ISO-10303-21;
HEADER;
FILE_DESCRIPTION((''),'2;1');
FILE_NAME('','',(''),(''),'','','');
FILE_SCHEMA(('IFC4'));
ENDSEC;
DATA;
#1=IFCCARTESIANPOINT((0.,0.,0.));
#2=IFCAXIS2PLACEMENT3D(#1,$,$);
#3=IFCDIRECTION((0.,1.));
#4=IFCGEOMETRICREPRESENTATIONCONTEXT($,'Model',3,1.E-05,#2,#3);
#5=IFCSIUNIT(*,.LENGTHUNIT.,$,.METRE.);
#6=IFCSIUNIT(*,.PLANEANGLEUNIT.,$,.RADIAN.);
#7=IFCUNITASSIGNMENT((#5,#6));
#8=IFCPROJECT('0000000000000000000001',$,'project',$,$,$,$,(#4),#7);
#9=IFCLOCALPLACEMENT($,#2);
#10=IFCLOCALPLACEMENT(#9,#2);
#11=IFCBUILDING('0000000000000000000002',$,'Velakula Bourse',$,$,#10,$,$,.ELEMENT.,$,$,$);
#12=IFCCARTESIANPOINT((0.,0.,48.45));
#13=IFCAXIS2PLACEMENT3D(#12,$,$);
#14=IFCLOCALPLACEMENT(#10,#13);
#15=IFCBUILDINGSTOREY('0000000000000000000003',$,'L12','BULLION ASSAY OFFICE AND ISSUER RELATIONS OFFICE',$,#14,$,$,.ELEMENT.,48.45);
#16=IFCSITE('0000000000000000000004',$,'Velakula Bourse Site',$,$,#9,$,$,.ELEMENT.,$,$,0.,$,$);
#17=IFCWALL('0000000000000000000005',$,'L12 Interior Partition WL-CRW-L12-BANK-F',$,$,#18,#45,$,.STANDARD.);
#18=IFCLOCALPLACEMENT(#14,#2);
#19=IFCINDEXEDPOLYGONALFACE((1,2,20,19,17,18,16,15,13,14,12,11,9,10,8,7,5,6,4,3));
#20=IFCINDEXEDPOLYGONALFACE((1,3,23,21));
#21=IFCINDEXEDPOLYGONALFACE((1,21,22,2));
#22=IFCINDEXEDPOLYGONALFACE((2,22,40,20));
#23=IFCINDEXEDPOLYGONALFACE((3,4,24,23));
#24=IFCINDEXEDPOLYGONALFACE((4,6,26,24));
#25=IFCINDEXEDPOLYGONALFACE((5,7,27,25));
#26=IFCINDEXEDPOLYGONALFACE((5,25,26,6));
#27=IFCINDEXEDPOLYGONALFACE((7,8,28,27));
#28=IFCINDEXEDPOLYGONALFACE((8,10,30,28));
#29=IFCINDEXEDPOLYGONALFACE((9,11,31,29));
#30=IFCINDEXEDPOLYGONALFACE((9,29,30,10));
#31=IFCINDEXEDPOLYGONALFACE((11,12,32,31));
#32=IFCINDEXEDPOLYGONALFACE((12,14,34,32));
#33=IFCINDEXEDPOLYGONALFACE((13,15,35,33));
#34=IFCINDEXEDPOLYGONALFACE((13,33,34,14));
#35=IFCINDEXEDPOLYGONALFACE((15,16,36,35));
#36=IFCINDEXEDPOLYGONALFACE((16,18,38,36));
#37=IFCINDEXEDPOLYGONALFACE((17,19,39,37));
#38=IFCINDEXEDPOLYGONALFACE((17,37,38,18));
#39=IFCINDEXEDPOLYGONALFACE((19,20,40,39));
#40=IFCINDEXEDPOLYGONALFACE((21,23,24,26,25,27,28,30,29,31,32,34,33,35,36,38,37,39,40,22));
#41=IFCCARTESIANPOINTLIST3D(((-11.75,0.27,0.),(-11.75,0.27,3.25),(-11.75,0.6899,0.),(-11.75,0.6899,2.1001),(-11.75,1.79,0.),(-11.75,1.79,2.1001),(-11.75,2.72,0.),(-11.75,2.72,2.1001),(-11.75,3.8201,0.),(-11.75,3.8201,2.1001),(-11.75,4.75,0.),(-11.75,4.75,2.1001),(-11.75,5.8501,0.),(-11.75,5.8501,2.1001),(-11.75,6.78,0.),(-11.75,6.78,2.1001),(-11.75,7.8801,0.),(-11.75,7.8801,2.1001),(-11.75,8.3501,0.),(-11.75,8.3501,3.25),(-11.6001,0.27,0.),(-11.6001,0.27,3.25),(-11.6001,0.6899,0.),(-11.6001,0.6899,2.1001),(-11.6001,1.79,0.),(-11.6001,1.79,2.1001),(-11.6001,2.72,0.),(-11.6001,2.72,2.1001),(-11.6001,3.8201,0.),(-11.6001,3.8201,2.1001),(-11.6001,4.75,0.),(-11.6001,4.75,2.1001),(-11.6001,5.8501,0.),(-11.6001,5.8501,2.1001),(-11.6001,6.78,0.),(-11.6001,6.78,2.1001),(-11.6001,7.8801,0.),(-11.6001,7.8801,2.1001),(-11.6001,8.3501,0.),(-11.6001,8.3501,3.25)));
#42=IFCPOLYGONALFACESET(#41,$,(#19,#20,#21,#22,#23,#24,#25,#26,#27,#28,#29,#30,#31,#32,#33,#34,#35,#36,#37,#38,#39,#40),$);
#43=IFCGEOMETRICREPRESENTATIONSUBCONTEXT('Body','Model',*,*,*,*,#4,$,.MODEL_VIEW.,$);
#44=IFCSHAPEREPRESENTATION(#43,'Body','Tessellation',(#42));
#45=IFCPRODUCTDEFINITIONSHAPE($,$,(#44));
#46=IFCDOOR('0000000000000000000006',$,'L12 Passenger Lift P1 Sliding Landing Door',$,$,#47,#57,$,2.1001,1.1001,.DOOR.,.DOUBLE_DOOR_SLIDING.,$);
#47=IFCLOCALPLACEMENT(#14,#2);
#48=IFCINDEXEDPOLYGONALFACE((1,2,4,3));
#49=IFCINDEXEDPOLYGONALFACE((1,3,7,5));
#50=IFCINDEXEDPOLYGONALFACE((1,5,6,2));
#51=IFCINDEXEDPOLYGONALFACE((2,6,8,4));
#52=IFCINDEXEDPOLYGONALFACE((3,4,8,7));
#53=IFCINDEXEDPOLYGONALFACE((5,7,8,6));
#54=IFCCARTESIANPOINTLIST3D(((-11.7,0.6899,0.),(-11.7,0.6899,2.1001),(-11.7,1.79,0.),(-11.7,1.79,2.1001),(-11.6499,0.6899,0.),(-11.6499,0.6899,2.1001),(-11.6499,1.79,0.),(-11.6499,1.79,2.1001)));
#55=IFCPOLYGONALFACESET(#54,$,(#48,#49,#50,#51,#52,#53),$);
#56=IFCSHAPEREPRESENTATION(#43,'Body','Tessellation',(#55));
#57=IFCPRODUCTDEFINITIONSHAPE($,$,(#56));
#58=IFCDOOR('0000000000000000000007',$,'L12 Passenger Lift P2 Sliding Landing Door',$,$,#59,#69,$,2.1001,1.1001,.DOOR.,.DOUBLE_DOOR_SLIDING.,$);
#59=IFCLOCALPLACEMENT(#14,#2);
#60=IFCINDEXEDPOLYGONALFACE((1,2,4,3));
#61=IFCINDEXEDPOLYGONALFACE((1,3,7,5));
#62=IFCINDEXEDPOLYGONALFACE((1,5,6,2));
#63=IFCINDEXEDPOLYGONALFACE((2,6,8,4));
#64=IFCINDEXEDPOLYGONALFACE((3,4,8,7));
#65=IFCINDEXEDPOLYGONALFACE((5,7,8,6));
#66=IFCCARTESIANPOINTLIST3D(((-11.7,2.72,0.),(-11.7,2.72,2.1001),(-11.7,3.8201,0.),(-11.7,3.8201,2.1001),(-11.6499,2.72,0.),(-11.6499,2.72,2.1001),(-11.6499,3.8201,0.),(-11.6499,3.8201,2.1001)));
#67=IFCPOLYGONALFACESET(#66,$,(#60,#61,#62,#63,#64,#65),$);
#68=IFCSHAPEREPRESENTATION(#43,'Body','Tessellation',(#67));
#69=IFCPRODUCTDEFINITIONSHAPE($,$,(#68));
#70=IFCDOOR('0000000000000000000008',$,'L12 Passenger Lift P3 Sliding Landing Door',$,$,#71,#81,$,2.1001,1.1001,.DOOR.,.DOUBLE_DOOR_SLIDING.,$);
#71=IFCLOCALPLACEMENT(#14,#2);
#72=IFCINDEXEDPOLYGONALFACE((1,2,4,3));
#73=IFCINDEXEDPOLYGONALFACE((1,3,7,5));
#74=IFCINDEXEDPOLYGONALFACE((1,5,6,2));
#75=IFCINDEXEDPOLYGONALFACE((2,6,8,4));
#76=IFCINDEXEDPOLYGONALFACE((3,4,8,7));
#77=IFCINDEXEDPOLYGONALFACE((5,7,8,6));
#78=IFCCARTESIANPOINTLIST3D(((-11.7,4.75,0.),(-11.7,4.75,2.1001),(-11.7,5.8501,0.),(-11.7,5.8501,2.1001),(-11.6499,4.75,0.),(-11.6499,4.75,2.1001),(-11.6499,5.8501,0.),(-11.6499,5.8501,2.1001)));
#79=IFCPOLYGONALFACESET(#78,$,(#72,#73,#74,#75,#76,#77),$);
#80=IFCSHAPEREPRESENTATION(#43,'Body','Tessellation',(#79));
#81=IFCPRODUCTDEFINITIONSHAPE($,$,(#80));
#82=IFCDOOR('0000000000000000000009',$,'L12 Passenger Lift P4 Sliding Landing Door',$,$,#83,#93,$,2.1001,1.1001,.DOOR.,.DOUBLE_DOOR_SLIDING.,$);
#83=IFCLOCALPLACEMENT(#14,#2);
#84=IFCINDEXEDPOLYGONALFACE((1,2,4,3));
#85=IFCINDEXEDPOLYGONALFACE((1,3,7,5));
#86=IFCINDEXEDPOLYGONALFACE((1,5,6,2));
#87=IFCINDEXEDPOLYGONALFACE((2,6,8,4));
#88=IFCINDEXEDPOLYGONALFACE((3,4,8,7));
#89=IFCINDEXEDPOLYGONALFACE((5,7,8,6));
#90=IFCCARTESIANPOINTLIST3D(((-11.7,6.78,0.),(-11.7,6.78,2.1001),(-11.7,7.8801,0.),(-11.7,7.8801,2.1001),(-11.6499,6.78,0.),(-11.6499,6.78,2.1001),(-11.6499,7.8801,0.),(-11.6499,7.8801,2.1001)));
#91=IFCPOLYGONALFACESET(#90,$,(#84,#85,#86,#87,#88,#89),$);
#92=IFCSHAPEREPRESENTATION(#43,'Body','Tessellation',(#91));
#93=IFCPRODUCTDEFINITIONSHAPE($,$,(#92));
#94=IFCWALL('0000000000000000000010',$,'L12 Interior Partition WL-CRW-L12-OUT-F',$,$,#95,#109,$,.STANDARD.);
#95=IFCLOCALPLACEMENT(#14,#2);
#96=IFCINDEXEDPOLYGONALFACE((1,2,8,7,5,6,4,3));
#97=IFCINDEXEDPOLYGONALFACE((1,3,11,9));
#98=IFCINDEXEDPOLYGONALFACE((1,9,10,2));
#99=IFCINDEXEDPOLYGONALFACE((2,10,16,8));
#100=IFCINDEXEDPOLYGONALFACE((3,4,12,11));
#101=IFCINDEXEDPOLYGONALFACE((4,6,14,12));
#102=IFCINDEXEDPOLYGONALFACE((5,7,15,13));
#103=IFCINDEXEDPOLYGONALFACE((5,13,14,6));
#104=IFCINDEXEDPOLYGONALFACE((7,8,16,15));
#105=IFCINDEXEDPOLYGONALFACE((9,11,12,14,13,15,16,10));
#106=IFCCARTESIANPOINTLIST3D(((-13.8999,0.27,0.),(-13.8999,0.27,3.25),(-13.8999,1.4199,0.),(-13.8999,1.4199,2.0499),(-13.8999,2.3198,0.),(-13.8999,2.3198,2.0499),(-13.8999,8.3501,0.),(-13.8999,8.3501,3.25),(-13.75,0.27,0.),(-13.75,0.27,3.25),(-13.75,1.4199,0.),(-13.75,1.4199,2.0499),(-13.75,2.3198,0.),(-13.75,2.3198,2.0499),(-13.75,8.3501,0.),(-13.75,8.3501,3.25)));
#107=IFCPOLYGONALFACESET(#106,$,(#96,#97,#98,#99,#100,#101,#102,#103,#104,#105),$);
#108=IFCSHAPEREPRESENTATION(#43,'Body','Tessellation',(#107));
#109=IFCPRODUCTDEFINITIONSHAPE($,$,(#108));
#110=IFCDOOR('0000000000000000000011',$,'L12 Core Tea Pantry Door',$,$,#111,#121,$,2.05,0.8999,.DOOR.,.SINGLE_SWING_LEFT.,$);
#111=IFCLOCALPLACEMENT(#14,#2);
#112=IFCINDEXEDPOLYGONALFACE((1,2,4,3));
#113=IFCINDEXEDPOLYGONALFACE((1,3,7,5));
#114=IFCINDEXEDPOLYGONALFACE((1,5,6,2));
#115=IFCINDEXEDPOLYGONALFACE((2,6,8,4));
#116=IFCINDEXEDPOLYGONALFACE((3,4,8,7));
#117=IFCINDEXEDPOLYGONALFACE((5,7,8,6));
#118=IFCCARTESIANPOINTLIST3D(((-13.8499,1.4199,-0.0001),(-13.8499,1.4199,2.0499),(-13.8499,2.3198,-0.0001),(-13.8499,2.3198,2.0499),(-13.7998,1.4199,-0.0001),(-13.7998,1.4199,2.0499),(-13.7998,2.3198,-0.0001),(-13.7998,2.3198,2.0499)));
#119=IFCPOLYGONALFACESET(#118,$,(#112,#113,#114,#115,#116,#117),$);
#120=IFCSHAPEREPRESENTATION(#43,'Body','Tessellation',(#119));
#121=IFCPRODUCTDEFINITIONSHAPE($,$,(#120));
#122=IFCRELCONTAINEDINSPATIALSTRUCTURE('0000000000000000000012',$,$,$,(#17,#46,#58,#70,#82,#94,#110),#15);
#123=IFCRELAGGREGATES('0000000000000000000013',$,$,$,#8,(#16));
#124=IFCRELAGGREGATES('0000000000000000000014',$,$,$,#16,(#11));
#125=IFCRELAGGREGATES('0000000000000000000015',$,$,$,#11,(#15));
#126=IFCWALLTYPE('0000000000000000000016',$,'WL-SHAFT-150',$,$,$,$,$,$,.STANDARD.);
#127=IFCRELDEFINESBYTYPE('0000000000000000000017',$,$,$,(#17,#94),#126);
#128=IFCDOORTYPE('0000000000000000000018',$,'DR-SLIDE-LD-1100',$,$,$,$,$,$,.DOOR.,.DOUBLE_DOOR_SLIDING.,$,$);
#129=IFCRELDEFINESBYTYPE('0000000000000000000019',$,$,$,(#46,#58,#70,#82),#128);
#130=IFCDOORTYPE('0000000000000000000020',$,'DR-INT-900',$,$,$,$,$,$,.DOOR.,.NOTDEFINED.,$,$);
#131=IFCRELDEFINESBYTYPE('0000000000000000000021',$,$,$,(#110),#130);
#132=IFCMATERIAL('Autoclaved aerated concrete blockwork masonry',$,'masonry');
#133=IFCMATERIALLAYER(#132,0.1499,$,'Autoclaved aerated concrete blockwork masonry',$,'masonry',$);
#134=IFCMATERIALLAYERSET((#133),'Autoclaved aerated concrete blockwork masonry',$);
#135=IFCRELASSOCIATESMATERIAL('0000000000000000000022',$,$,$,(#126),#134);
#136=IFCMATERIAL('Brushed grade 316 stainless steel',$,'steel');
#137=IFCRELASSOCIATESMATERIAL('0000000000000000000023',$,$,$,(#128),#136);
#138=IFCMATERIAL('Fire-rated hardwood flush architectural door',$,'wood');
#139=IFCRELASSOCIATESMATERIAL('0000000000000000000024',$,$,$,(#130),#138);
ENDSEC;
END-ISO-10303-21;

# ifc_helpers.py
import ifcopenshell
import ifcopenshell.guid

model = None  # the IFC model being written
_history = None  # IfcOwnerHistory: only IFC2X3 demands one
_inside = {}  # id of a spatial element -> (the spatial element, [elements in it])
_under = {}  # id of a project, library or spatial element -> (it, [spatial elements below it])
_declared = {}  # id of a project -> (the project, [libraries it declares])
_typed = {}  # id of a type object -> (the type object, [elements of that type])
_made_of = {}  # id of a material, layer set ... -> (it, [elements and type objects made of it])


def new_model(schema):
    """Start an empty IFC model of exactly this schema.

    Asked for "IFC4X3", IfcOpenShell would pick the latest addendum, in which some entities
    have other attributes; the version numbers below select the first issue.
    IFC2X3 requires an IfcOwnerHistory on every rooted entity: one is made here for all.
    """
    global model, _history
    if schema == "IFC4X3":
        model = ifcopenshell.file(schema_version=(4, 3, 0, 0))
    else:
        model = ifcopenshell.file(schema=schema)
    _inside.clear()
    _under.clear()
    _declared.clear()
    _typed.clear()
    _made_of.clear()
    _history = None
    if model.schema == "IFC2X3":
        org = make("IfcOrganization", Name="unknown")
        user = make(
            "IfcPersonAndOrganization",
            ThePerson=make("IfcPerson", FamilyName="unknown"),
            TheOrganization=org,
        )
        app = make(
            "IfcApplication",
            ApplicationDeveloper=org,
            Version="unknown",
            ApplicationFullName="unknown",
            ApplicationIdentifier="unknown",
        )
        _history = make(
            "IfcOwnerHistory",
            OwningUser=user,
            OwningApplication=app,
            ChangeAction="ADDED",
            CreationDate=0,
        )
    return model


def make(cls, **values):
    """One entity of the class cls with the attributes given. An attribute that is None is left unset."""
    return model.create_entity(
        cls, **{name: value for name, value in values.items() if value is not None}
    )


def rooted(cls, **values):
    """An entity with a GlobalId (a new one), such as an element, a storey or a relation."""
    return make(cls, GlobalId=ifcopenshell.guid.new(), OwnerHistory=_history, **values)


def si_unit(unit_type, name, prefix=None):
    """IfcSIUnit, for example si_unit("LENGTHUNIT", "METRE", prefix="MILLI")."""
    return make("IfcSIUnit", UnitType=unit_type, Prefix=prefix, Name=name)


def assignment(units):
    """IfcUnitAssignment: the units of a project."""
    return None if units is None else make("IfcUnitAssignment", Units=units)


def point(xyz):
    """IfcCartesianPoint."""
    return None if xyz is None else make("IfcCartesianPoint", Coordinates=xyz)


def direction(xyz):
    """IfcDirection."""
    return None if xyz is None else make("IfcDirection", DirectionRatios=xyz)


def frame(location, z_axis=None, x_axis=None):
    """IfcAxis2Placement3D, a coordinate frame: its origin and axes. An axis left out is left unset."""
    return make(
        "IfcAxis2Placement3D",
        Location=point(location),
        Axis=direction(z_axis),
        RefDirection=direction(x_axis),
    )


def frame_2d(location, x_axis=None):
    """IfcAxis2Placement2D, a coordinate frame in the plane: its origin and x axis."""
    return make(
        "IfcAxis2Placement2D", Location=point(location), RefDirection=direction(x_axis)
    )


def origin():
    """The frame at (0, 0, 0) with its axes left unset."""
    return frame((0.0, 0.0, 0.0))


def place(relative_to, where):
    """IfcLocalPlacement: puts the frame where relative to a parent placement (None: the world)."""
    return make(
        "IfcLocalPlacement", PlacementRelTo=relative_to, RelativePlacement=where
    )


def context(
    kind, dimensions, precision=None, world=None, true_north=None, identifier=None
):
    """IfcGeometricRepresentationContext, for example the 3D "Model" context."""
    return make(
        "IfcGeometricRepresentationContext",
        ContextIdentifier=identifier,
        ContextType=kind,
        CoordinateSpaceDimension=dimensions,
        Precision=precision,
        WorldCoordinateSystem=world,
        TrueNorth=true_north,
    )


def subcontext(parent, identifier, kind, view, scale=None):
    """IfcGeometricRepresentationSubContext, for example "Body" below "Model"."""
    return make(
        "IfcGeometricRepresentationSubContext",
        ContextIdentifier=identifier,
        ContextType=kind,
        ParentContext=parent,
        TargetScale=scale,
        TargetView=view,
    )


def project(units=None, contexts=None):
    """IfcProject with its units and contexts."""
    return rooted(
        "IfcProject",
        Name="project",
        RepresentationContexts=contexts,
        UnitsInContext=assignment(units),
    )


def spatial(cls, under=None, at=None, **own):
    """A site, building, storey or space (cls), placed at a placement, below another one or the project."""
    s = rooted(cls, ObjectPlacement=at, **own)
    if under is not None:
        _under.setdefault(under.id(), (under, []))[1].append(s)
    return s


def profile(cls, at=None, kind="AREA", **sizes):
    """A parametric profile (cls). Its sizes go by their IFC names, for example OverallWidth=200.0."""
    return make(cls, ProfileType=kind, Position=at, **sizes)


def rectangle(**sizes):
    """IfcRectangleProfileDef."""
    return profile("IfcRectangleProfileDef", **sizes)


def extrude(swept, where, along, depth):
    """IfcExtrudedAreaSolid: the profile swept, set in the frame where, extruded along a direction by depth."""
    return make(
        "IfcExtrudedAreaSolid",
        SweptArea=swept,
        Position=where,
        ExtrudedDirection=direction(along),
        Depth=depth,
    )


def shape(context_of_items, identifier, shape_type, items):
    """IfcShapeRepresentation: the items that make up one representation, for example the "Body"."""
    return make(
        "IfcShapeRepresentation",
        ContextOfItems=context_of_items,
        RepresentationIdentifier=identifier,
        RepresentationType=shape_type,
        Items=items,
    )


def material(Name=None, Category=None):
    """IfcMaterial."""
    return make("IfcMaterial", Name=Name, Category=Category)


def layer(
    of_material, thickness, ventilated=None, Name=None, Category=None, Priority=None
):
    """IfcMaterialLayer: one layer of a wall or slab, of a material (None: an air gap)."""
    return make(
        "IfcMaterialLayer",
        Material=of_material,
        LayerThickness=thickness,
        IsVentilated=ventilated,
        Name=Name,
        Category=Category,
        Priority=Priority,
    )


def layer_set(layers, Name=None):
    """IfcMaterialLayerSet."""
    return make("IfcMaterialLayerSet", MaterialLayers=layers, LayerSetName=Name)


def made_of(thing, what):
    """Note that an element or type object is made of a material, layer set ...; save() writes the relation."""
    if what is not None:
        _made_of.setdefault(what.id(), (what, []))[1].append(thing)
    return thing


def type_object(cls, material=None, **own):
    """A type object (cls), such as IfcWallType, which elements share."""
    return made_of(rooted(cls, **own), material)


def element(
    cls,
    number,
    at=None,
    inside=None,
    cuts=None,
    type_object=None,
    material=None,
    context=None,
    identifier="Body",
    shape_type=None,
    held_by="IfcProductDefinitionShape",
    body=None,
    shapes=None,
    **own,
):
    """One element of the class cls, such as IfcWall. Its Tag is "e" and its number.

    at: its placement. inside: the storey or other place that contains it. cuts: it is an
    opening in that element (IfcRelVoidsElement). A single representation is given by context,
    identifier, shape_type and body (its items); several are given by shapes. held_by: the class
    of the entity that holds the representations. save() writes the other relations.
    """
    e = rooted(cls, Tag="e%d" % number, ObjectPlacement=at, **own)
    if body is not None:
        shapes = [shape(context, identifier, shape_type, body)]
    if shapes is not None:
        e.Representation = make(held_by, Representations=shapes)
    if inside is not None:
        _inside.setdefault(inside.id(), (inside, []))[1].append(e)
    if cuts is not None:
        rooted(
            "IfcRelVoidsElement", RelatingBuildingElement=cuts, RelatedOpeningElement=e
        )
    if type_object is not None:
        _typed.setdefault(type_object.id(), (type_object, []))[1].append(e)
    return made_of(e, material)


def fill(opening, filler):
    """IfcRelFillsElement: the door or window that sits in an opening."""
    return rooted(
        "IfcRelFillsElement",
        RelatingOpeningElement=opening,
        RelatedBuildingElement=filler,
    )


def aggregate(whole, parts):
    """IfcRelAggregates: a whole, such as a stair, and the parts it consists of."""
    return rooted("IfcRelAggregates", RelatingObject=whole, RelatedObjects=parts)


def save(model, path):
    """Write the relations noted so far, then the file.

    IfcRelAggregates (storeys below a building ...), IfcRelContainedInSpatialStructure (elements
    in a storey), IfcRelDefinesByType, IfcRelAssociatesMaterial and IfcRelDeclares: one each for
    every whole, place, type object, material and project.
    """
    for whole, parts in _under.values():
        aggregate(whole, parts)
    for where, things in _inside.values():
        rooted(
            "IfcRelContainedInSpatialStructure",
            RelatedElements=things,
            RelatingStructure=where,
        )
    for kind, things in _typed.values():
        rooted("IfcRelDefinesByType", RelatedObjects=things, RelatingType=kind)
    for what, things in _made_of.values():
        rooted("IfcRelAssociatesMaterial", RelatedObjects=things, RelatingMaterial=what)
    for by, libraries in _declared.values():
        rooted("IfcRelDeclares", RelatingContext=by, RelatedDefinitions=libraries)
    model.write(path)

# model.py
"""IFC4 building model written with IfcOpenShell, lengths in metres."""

from ifc_helpers import new_model, si_unit, direction, frame, frame_2d, origin, place, context, subcontext, project, spatial, rectangle, extrude, material, layer, layer_set, type_object, element, fill, save


model = new_model("IFC4")

# Units and contexts
model_context = context("Model", 3, precision=1e-05, world=origin(), true_north=direction((0.0, 1.0)))
body_context = subcontext(model_context, "Body", "Model", "MODEL_VIEW")
ifc_project = project(units=[si_unit("LENGTHUNIT", "METRE"), si_unit("PLANEANGLEUNIT", "RADIAN")], contexts=[model_context])

# Site, building, storey
site_placement = place(None, origin())
site = spatial("IfcSite", under=ifc_project, at=site_placement, Name="Velakula Bourse Site", CompositionType="ELEMENT", RefElevation=0.0)
building_placement = place(site_placement, origin())
building = spatial("IfcBuilding", under=site, at=building_placement, Name="Velakula Bourse", CompositionType="ELEMENT")
storey_placement = place(building_placement, frame((0.0, 0.0, 48.45)))
storey = spatial("IfcBuildingStorey", under=building, at=storey_placement, Name="L12", Description="BULLION ASSAY OFFICE AND ISSUER RELATIONS OFFICE", CompositionType="ELEMENT", Elevation=48.45)

# Shared definitions
ifc_material_1 = material(Name="Fire-rated hardwood flush architectural door", Category="wood")

# Shared definitions
ifc_material_2 = material(Name="Autoclaved aerated concrete blockwork masonry", Category="masonry")
ifc_layer_1 = layer(ifc_material_2, 0.1499, Name="Autoclaved aerated concrete blockwork masonry", Category="masonry")
ifc_layer_set_1 = layer_set([ifc_layer_1], Name="Autoclaved aerated concrete blockwork masonry")
wall_type_1 = type_object("IfcWallType", Name="WL-SHAFT-150", PredefinedType="STANDARD", material=ifc_layer_set_1)

# Wall, openings, doors
wall_1_placement = place(storey_placement, frame((-11.675, 0.27, 0.0), z_axis=(0.0, 0.0, 1.0), x_axis=(0.0, 1.0, 0.0)))
wall_1 = element("IfcWall", 1, at=wall_1_placement, inside=storey, type_object=wall_type_1, Name="L12 Interior Partition WL-CRW-L12-BANK-F", PredefinedType="STANDARD", context=body_context, shape_type="SweptSolid", body=[
    extrude(rectangle(XDim=8.0801, YDim=0.1499, at=frame_2d((4.04, 0.0))), origin(), (0.0, 0.0, 1.0), 3.25),
])
opening_1_placement = place(wall_1_placement, frame((0.4199, 0.0, 0.0)))
opening_1 = element("IfcOpeningElement", 2, at=opening_1_placement, cuts=wall_1, PredefinedType="OPENING", context=body_context, shape_type="SweptSolid", body=[
    extrude(rectangle(XDim=1.1001, YDim=2.1001, at=frame_2d((0.55, 1.05))), frame((0.0, 0.085, 0.0), z_axis=(0.0, -1.0, 0.0), x_axis=(1.0, 0.0, 0.0)), (0.0, 0.0, 1.0), 0.1699),
])
opening_2_placement = place(wall_1_placement, frame((2.45, 0.0, 0.0)))
opening_2 = element("IfcOpeningElement", 3, at=opening_2_placement, cuts=wall_1, PredefinedType="OPENING", context=body_context, shape_type="SweptSolid", body=[
    extrude(rectangle(XDim=1.1001, YDim=2.1001, at=frame_2d((0.55, 1.05))), frame((0.0, 0.085, 0.0), z_axis=(0.0, -1.0, 0.0), x_axis=(1.0, 0.0, 0.0)), (0.0, 0.0, 1.0), 0.1699),
])
opening_3_placement = place(wall_1_placement, frame((4.48, 0.0, 0.0)))
opening_3 = element("IfcOpeningElement", 4, at=opening_3_placement, cuts=wall_1, PredefinedType="OPENING", context=body_context, shape_type="SweptSolid", body=[
    extrude(rectangle(XDim=1.1001, YDim=2.1001, at=frame_2d((0.55, 1.05))), frame((0.0, 0.085, 0.0), z_axis=(0.0, -1.0, 0.0), x_axis=(1.0, 0.0, 0.0)), (0.0, 0.0, 1.0), 0.1699),
])
opening_4_placement = place(wall_1_placement, frame((6.51, 0.0, 0.0)))
opening_4 = element("IfcOpeningElement", 5, at=opening_4_placement, cuts=wall_1, PredefinedType="OPENING", context=body_context, shape_type="SweptSolid", body=[
    extrude(rectangle(XDim=1.1001, YDim=2.1001, at=frame_2d((0.55, 1.05))), frame((0.0, 0.085, 0.0), z_axis=(0.0, -1.0, 0.0), x_axis=(1.0, 0.0, 0.0)), (0.0, 0.0, 1.0), 0.1699),
])
ifc_material_3 = material(Name="Brushed grade 316 stainless steel", Category="steel")
door_type_1 = type_object("IfcDoorType", Name="DR-SLIDE-LD-1100", OperationType="DOUBLE_DOOR_SLIDING", PredefinedType="DOOR", material=ifc_material_3)
door_1_placement = place(opening_1_placement, origin())
door_1 = element("IfcDoor", 6, at=door_1_placement, inside=storey, type_object=door_type_1, Name="L12 Passenger Lift P1 Sliding Landing Door", OperationType="DOUBLE_DOOR_SLIDING", OverallHeight=2.1001, OverallWidth=1.1001, PredefinedType="DOOR", context=body_context, shape_type="SweptSolid", body=[
    extrude(rectangle(XDim=1.1001, YDim=2.1001, at=frame_2d((0.55, 1.05))), frame((0.0, 0.0249, 0.0), z_axis=(0.0, -1.0, 0.0), x_axis=(1.0, 0.0, 0.0)), (0.0, 0.0, 1.0), 0.05),
])
fill(opening_1, door_1)
door_2_placement = place(opening_2_placement, origin())
door_2 = element("IfcDoor", 7, at=door_2_placement, inside=storey, type_object=door_type_1, Name="L12 Passenger Lift P2 Sliding Landing Door", OperationType="DOUBLE_DOOR_SLIDING", OverallHeight=2.1001, OverallWidth=1.1001, PredefinedType="DOOR", context=body_context, shape_type="SweptSolid", body=[
    extrude(rectangle(XDim=1.1001, YDim=2.1001, at=frame_2d((0.55, 1.05))), frame((0.0, 0.0249, 0.0), z_axis=(0.0, -1.0, 0.0), x_axis=(1.0, 0.0, 0.0)), (0.0, 0.0, 1.0), 0.05),
])
fill(opening_2, door_2)
door_3_placement = place(opening_3_placement, origin())
door_3 = element("IfcDoor", 8, at=door_3_placement, inside=storey, type_object=door_type_1, Name="L12 Passenger Lift P3 Sliding Landing Door", OperationType="DOUBLE_DOOR_SLIDING", OverallHeight=2.1001, OverallWidth=1.1001, PredefinedType="DOOR", context=body_context, shape_type="SweptSolid", body=[
    extrude(rectangle(XDim=1.1001, YDim=2.1001, at=frame_2d((0.55, 1.05))), frame((0.0, 0.0249, 0.0), z_axis=(0.0, -1.0, 0.0), x_axis=(1.0, 0.0, 0.0)), (0.0, 0.0, 1.0), 0.05),
])
fill(opening_3, door_3)
door_4_placement = place(opening_4_placement, origin())
door_4 = element("IfcDoor", 9, at=door_4_placement, inside=storey, type_object=door_type_1, Name="L12 Passenger Lift P4 Sliding Landing Door", OperationType="DOUBLE_DOOR_SLIDING", OverallHeight=2.1001, OverallWidth=1.1001, PredefinedType="DOOR", context=body_context, shape_type="SweptSolid", body=[
    extrude(rectangle(XDim=1.1001, YDim=2.1001, at=frame_2d((0.55, 1.05))), frame((0.0, 0.0249, 0.0), z_axis=(0.0, -1.0, 0.0), x_axis=(1.0, 0.0, 0.0)), (0.0, 0.0, 1.0), 0.05),
])
fill(opening_4, door_4)

# Wall, opening, door
wall_2_placement = place(storey_placement, frame((-13.825, 0.27, 0.0), z_axis=(0.0, 0.0, 1.0), x_axis=(0.0, 1.0, 0.0)))
wall_2 = element("IfcWall", 10, at=wall_2_placement, inside=storey, type_object=wall_type_1, Name="L12 Interior Partition WL-CRW-L12-OUT-F", PredefinedType="STANDARD", context=body_context, shape_type="SweptSolid", body=[
    extrude(rectangle(XDim=8.0801, YDim=0.1499, at=frame_2d((4.04, 0.0))), origin(), (0.0, 0.0, 1.0), 3.25),
])
opening_5_placement = place(wall_2_placement, frame((1.1499, 0.0, 0.0)))
opening_5 = element("IfcOpeningElement", 11, at=opening_5_placement, cuts=wall_2, PredefinedType="OPENING", context=body_context, shape_type="SweptSolid", body=[
    extrude(rectangle(XDim=0.8999, YDim=2.05, at=frame_2d((0.45, 1.0249))), frame((0.0, 0.085, 0.0), z_axis=(0.0, -1.0, 0.0), x_axis=(1.0, 0.0, 0.0)), (0.0, 0.0, 1.0), 0.1699),
])
door_type_2 = type_object("IfcDoorType", Name="DR-INT-900", OperationType="NOTDEFINED", PredefinedType="DOOR", material=ifc_material_1)
door_5_placement = place(opening_5_placement, origin())
door_5 = element("IfcDoor", 12, at=door_5_placement, inside=storey, type_object=door_type_2, Name="L12 Core Tea Pantry Door", OperationType="SINGLE_SWING_LEFT", OverallHeight=2.05, OverallWidth=0.8999, PredefinedType="DOOR", context=body_context, shape_type="SweptSolid", body=[
    extrude(rectangle(XDim=0.8999, YDim=2.05, at=frame_2d((0.45, 1.0249))), frame((0.0, 0.0249, 0.0), z_axis=(0.0, -1.0, 0.0), x_axis=(1.0, 0.0, 0.0)), (0.0, 0.0, 1.0), 0.05),
])
fill(opening_5, door_5)

save(model, "model.ifc")
